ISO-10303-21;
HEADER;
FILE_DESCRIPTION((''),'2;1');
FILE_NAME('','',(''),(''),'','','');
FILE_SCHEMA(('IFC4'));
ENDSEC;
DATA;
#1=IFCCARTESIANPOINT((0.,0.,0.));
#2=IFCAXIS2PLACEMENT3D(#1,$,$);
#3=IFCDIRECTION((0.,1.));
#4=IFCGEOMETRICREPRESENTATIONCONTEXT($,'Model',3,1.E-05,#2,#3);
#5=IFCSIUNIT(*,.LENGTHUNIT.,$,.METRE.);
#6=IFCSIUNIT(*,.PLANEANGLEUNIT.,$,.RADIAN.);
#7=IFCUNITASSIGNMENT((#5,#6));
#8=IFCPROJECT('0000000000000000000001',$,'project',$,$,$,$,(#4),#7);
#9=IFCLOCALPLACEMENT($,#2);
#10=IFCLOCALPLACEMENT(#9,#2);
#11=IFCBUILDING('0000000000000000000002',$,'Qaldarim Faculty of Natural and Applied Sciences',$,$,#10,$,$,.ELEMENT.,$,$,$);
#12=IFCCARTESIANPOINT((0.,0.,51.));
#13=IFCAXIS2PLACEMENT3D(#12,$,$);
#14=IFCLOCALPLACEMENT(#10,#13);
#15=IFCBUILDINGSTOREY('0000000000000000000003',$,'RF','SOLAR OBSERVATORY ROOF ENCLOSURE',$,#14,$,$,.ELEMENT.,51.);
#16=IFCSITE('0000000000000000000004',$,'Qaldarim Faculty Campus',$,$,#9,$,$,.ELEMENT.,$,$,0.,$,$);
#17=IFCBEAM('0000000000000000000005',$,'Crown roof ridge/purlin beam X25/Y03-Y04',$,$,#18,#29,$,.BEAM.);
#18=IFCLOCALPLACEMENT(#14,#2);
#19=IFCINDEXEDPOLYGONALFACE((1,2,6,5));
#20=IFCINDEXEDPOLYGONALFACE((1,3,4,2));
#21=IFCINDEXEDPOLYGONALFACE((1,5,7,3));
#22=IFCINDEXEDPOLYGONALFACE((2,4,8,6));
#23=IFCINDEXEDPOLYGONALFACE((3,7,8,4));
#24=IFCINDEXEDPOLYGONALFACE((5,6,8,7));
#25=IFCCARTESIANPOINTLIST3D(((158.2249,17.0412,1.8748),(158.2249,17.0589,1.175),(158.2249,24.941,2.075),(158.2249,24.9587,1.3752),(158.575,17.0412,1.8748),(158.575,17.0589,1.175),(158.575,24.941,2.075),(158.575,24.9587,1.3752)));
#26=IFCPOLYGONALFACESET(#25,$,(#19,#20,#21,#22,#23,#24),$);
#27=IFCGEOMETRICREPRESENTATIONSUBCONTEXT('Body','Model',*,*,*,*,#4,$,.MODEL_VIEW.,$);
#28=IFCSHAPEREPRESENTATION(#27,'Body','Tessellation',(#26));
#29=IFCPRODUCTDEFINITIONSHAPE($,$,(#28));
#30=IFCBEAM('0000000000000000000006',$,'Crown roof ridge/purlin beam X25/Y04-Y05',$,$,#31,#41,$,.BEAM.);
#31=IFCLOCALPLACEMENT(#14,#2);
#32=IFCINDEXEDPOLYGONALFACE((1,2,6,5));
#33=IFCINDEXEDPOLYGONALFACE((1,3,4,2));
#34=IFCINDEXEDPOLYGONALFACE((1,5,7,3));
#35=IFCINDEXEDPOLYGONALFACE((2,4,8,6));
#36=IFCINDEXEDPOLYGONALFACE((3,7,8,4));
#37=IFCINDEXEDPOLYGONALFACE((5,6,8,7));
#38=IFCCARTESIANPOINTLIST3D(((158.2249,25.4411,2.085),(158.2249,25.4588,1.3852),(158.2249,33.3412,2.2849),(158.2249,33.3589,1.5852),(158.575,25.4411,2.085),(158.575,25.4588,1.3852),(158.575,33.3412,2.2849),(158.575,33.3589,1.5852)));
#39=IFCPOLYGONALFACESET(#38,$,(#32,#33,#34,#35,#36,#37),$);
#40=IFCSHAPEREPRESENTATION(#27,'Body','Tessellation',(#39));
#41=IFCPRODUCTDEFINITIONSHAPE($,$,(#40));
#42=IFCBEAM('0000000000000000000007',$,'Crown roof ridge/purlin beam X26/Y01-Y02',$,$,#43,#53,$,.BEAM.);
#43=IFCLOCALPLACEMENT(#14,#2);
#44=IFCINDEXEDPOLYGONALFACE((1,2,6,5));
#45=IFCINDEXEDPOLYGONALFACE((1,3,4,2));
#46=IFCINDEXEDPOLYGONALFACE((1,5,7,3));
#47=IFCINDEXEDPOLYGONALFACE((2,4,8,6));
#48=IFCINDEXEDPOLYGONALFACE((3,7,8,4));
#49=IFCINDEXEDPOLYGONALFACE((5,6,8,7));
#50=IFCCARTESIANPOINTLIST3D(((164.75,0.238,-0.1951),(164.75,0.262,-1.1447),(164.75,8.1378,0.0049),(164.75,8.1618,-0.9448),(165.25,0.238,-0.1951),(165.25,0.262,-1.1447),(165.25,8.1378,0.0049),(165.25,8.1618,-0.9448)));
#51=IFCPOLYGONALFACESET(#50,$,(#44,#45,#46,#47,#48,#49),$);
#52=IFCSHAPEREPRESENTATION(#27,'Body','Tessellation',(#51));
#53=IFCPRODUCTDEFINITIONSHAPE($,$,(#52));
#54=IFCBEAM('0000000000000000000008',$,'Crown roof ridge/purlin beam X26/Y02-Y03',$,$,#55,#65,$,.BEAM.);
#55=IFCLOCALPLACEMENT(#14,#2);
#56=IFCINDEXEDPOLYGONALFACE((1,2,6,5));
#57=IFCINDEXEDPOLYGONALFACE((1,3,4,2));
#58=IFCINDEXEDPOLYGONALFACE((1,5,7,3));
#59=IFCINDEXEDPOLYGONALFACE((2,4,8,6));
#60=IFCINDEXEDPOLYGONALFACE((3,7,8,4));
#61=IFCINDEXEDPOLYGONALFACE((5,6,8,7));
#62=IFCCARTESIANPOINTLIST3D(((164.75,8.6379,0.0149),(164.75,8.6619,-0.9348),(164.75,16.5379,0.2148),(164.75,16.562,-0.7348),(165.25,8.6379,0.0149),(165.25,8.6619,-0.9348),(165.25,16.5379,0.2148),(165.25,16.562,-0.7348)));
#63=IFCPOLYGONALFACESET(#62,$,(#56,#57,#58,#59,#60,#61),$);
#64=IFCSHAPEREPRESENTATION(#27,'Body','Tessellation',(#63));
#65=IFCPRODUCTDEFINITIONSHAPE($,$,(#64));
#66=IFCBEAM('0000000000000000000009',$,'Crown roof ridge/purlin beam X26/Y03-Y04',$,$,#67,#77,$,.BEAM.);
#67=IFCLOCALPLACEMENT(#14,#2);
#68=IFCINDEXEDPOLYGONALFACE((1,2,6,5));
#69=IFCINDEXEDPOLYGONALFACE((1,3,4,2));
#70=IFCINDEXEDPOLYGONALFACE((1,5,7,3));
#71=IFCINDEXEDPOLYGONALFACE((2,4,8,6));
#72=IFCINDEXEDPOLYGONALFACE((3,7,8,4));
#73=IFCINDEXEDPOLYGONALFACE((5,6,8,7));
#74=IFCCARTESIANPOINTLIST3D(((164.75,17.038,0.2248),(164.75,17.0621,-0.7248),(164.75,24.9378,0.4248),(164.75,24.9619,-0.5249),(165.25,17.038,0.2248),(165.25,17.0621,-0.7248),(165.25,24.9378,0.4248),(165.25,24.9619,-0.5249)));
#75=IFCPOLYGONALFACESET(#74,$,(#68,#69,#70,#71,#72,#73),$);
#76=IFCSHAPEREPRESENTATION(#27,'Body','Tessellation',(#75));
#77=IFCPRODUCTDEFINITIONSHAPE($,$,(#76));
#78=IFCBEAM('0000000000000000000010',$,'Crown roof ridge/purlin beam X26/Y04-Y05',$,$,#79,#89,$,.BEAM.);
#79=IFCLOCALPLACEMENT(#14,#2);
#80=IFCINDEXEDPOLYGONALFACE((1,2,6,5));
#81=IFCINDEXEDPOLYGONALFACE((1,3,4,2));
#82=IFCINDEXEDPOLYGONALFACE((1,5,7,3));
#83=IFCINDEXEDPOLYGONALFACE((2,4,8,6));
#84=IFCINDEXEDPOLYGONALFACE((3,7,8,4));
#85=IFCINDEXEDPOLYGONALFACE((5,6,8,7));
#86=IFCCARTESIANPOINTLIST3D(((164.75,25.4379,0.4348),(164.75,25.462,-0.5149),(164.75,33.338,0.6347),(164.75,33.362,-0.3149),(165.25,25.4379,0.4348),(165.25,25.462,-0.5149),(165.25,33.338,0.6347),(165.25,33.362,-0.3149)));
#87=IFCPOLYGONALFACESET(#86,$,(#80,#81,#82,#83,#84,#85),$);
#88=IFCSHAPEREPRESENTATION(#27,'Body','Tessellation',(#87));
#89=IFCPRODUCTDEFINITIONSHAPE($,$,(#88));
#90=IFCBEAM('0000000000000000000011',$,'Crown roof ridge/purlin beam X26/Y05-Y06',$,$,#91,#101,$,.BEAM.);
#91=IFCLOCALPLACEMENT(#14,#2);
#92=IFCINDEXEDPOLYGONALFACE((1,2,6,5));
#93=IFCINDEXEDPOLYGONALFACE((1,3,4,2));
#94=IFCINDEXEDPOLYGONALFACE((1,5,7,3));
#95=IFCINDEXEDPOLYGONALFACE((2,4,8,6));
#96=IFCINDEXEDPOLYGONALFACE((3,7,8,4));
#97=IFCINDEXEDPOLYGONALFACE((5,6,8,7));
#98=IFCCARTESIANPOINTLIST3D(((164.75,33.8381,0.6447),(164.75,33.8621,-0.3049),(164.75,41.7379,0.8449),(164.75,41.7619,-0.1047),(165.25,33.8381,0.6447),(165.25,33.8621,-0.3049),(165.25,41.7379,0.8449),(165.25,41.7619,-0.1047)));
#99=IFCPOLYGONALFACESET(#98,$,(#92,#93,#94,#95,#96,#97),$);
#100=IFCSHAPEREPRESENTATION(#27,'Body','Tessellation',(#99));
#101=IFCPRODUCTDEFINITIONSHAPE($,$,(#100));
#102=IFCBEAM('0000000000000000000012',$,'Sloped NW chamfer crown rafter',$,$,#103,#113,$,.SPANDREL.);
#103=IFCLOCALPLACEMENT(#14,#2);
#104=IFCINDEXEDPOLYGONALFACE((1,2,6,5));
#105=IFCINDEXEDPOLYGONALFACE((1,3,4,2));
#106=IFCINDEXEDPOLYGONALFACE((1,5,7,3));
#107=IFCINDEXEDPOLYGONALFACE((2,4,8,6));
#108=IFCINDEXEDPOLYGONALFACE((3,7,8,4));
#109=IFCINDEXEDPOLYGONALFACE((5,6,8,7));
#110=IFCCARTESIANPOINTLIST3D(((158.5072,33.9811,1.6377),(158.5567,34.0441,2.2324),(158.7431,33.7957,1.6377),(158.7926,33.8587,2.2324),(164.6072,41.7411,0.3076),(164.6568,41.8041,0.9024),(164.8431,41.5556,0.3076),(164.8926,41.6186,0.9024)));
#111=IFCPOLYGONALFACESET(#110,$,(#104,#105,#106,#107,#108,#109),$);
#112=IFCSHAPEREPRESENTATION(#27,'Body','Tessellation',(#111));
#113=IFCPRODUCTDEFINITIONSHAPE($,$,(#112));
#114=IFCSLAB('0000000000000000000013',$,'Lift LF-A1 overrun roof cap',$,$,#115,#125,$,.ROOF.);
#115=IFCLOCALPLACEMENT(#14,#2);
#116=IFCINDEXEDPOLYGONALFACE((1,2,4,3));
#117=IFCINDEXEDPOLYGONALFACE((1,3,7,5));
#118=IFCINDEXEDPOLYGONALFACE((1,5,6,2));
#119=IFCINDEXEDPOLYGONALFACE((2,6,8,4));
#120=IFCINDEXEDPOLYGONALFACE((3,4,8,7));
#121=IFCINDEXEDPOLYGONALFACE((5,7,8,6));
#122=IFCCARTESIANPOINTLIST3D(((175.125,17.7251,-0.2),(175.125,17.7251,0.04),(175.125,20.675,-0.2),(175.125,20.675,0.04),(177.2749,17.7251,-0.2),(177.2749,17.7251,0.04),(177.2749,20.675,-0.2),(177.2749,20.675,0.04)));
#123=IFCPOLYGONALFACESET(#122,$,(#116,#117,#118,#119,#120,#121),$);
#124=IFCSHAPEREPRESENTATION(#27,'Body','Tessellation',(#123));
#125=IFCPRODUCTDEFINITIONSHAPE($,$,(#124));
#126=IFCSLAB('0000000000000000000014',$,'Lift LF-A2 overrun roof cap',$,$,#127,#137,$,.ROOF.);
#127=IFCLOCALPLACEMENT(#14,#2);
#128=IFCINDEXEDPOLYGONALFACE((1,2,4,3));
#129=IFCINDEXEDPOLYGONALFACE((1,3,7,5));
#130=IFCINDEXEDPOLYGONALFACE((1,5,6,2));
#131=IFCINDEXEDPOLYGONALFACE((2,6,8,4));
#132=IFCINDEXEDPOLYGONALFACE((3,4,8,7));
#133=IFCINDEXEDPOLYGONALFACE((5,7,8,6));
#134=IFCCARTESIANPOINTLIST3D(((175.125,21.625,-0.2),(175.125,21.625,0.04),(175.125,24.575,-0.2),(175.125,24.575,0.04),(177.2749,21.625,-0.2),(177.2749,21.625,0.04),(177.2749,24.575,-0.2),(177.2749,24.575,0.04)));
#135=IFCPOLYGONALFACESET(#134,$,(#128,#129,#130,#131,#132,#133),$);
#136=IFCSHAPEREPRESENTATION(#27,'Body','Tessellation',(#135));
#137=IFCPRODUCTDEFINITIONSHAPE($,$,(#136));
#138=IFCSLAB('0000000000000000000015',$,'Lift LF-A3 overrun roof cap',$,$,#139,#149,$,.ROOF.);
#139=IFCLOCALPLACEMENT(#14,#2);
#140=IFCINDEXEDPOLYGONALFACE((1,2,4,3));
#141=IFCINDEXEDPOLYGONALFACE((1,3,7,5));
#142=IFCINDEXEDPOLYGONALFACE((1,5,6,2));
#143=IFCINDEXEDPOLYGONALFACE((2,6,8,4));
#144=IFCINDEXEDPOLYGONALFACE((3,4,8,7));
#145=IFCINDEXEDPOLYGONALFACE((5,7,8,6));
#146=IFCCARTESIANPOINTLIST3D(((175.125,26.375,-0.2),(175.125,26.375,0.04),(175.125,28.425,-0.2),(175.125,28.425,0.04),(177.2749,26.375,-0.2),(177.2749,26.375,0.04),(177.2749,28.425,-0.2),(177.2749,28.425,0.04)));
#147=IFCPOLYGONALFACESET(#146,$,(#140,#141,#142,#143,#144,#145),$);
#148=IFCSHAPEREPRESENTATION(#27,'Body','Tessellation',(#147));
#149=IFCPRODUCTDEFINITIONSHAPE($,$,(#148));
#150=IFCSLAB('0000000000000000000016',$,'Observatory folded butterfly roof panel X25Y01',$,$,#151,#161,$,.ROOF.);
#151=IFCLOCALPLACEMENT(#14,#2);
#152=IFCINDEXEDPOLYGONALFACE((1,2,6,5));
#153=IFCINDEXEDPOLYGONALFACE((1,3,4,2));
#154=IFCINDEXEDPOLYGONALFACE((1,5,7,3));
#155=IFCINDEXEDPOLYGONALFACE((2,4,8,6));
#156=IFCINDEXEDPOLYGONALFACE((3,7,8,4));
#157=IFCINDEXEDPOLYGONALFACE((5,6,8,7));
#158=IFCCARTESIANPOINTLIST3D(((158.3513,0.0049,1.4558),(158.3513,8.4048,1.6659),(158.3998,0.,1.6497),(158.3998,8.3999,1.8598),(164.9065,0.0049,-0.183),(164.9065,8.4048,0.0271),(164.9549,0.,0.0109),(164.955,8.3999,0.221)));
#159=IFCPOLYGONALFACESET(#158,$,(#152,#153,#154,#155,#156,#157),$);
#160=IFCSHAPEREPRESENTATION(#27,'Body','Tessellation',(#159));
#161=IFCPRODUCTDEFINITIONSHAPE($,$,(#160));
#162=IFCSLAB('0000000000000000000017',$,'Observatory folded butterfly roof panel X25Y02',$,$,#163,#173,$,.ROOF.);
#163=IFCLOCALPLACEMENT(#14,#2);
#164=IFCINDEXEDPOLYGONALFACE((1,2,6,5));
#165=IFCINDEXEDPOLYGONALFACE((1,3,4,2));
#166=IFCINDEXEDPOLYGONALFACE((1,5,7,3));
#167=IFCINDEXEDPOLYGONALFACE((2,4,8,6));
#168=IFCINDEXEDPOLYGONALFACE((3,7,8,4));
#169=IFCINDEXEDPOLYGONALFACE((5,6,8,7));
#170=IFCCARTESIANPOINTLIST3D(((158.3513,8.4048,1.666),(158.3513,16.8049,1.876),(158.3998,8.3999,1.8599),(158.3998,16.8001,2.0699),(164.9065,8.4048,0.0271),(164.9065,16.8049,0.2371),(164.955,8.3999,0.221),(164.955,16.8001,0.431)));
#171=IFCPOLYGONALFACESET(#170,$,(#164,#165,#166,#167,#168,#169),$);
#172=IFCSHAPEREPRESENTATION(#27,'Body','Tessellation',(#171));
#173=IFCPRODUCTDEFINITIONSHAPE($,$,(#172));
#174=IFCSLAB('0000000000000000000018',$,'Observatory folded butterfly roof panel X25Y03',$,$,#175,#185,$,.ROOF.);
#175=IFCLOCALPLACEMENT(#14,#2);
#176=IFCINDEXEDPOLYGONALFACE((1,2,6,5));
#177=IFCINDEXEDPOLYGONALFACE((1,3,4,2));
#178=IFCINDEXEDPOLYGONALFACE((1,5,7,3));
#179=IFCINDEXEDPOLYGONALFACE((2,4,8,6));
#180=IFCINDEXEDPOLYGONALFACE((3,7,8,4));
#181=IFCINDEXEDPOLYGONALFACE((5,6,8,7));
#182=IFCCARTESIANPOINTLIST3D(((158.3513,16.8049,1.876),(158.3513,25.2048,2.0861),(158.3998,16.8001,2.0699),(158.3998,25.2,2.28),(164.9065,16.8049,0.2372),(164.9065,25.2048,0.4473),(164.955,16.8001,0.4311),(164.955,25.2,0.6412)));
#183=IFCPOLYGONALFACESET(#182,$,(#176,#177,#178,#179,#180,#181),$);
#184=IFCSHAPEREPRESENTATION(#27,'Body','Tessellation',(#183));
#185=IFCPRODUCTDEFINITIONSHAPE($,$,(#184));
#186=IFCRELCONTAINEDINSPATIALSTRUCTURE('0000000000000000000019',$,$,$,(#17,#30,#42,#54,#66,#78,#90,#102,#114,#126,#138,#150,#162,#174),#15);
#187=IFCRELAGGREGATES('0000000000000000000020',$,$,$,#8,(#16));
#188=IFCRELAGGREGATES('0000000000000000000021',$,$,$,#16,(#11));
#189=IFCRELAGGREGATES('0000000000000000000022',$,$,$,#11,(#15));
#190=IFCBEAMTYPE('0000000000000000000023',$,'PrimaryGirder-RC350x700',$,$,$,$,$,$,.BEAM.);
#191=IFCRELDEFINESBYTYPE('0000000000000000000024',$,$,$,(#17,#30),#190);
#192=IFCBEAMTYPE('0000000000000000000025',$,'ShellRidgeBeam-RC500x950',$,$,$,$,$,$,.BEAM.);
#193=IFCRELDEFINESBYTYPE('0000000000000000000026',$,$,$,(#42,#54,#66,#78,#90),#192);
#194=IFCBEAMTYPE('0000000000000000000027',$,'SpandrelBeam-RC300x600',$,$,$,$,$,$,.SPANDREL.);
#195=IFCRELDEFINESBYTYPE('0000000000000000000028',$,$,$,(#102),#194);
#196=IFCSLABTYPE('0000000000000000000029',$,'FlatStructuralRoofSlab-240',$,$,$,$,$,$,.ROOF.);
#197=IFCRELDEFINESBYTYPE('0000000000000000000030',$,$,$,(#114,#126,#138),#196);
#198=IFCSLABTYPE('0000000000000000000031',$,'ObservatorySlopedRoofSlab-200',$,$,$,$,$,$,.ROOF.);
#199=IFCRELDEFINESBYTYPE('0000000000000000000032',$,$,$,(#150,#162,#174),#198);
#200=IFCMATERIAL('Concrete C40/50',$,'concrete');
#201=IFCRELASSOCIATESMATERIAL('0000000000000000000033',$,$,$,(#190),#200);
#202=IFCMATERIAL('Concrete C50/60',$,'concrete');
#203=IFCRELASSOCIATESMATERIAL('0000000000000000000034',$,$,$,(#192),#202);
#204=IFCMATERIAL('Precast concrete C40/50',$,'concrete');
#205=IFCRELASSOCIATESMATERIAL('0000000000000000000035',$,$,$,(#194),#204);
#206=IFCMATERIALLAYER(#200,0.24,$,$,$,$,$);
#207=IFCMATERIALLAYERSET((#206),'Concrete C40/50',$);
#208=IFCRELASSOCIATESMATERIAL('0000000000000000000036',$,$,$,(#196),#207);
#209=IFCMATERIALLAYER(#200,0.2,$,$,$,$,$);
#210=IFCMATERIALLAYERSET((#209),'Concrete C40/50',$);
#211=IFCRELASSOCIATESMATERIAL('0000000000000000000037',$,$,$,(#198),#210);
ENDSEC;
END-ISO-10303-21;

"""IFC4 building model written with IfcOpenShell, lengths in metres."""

from ifc_helpers import new_model, si_unit, direction, frame, origin, origin_2d, place, context, subcontext, project, spatial, polyline, rectangle, outline, extrude, material, layer, layer_set, material_profile, profile_set, type_object, element, save


model = new_model("IFC4")

# Units and contexts
model_context = context("Model", 3, precision=1e-05, world=origin(), true_north=direction((0.0, 1.0)))
body_context = subcontext(model_context, "Body", "Model", "MODEL_VIEW")
ifc_project = project(units=[si_unit("LENGTHUNIT", "METRE"), si_unit("PLANEANGLEUNIT", "RADIAN")], contexts=[model_context])

# Site, building, storey
site_placement = place(None, origin())
site = spatial("IfcSite", under=ifc_project, at=site_placement, Name="Qaldarim Faculty Campus", CompositionType="ELEMENT", RefElevation=0.0)
building_placement = place(site_placement, origin())
building = spatial("IfcBuilding", under=site, at=building_placement, Name="Qaldarim Faculty of Natural and Applied Sciences", CompositionType="ELEMENT")
storey_placement = place(building_placement, frame((0.0, 0.0, 51.0)))
storey = spatial("IfcBuildingStorey", under=building, at=storey_placement, Name="RF", Description="SOLAR OBSERVATORY ROOF ENCLOSURE", CompositionType="ELEMENT", Elevation=51.0)

# Shared definitions
ifc_material_1 = material(Name="Concrete C50/60", Category="concrete")

# Beams
ifc_material_2 = material(Name="Concrete C40/50", Category="concrete")
ifc_material_profile_1 = material_profile(ifc_material_2, rectangle(XDim=0.3501, YDim=0.7, at=origin_2d()), Name="RC-B350x700")
ifc_profile_set_1 = profile_set([ifc_material_profile_1], Name="Concrete C40/50")
beam_type_1 = type_object("IfcBeamType", Name="PrimaryGirder-RC350x700", PredefinedType="BEAM", material=ifc_profile_set_1)
beam_1_placement = place(storey_placement, frame((158.3999, 17.05, 1.5249), z_axis=(0.0, 0.999679, 0.025333), x_axis=(-1.0, 0.0, 0.0)))
element("IfcBeam", 1, at=beam_1_placement, inside=storey, type_object=beam_type_1, Name="Crown roof ridge/purlin beam X25/Y03-Y04", PredefinedType="BEAM", context=body_context, shape_type="SweptSolid", body=[
    extrude(rectangle(XDim=0.3501, YDim=0.7, at=origin_2d()), origin(), (0.0, 0.0, 1.0), 7.9023),
])
beam_2_placement = place(storey_placement, frame((158.3999, 25.45, 1.7351), z_axis=(0.0, 0.99968, 0.025302), x_axis=(-1.0, 0.0, 0.0)))
element("IfcBeam", 2, at=beam_2_placement, inside=storey, type_object=beam_type_1, Name="Crown roof ridge/purlin beam X25/Y04-Y05", PredefinedType="BEAM", context=body_context, shape_type="SweptSolid", body=[
    extrude(rectangle(XDim=0.3501, YDim=0.7, at=origin_2d()), origin(), (0.0, 0.0, 1.0), 7.9026),
])
ifc_material_profile_2 = material_profile(ifc_material_1, rectangle(XDim=0.5, YDim=0.95, at=origin_2d()), Name="RC-EB500x950")
ifc_profile_set_2 = profile_set([ifc_material_profile_2], Name="Concrete C50/60")
beam_type_2 = type_object("IfcBeamType", Name="ShellRidgeBeam-RC500x950", PredefinedType="BEAM", material=ifc_profile_set_2)
beam_3_placement = place(storey_placement, frame((165.0, 0.25, -0.6699), z_axis=(0.0, 0.99968, 0.025302), x_axis=(-1.0, 0.0, 0.0)))
element("IfcBeam", 3, at=beam_3_placement, inside=storey, type_object=beam_type_2, Name="Crown roof ridge/purlin beam X26/Y01-Y02", PredefinedType="BEAM", context=body_context, shape_type="SweptSolid", body=[
    extrude(rectangle(XDim=0.5, YDim=0.95, at=origin_2d()), origin(), (0.0, 0.0, 1.0), 7.9023),
])
beam_4_placement = place(storey_placement, frame((165.0, 8.6499, -0.46), z_axis=(0.0, 0.99968, 0.025302), x_axis=(-1.0, 0.0, 0.0)))
element("IfcBeam", 4, at=beam_4_placement, inside=storey, type_object=beam_type_2, Name="Crown roof ridge/purlin beam X26/Y02-Y03", PredefinedType="BEAM", context=body_context, shape_type="SweptSolid", body=[
    extrude(rectangle(XDim=0.5, YDim=0.95, at=origin_2d()), origin(), (0.0, 0.0, 1.0), 7.9026),
])
beam_5_placement = place(storey_placement, frame((165.0, 17.05, -0.25), z_axis=(0.0, 0.99968, 0.025302), x_axis=(-1.0, 0.0, 0.0)))
element("IfcBeam", 5, at=beam_5_placement, inside=storey, type_object=beam_type_2, Name="Crown roof ridge/purlin beam X26/Y03-Y04", PredefinedType="BEAM", context=body_context, shape_type="SweptSolid", body=[
    extrude(rectangle(XDim=0.5, YDim=0.95, at=origin_2d()), origin(), (0.0, 0.0, 1.0), 7.9023),
])
beam_6_placement = place(storey_placement, frame((165.0, 25.45, -0.04), z_axis=(0.0, 0.99968, 0.025302), x_axis=(-1.0, 0.0, 0.0)))
element("IfcBeam", 6, at=beam_6_placement, inside=storey, type_object=beam_type_2, Name="Crown roof ridge/purlin beam X26/Y04-Y05", PredefinedType="BEAM", context=body_context, shape_type="SweptSolid", body=[
    extrude(rectangle(XDim=0.5, YDim=0.95, at=origin_2d()), origin(), (0.0, 0.0, 1.0), 7.9026),
])
beam_7_placement = place(storey_placement, frame((165.0, 33.8501, 0.1699), z_axis=(0.0, 0.999679, 0.025333), x_axis=(-1.0, 0.0, 0.0)))
element("IfcBeam", 7, at=beam_7_placement, inside=storey, type_object=beam_type_2, Name="Crown roof ridge/purlin beam X26/Y05-Y06", PredefinedType="BEAM", context=body_context, shape_type="SweptSolid", body=[
    extrude(rectangle(XDim=0.5, YDim=0.95, at=origin_2d()), origin(), (0.0, 0.0, 1.0), 7.9023),
])
ifc_material_3 = material(Name="Precast concrete C40/50", Category="concrete")
ifc_material_profile_3 = material_profile(ifc_material_3, rectangle(XDim=0.3, YDim=0.6001, at=origin_2d()), Name="RC-SP300x600")
ifc_profile_set_3 = profile_set([ifc_material_profile_3], Name="Precast concrete C40/50")
beam_type_3 = type_object("IfcBeamType", Name="SpandrelBeam-RC300x600", PredefinedType="SPANDREL", material=ifc_profile_set_3)
beam_8_placement = place(storey_placement, frame((158.6499, 33.9199, 1.9351), z_axis=(0.612471, 0.779131, -0.133544), x_axis=(-0.786173, 0.618006, 0.0)))
element("IfcBeam", 8, at=beam_8_placement, inside=storey, type_object=beam_type_3, Name="Sloped NW chamfer crown rafter", PredefinedType="SPANDREL", context=body_context, shape_type="SweptSolid", body=[
    extrude(rectangle(XDim=0.3, YDim=0.6001, at=origin_2d()), origin(), (0.0, 0.0, 1.0), 9.9597),
])

# Slabs
ifc_layer_1 = layer(ifc_material_2, 0.24)
ifc_layer_set_1 = layer_set([ifc_layer_1], Name="Concrete C40/50")
slab_type_1 = type_object("IfcSlabType", Name="FlatStructuralRoofSlab-240", PredefinedType="ROOF", material=ifc_layer_set_1)
slab_1_placement = place(storey_placement, frame((0.0, 0.0, -0.2)))
element("IfcSlab", 9, at=slab_1_placement, inside=storey, type_object=slab_type_1, Name="Lift LF-A1 overrun roof cap", PredefinedType="ROOF", context=body_context, shape_type="SweptSolid", body=[
    extrude(outline(polyline([(175.125, 17.7251), (177.2749, 17.7251), (177.2749, 20.675), (175.125, 20.675), (175.125, 17.7251)])), origin(), (0.0, 0.0, 1.0), 0.24),
])
slab_2_placement = place(storey_placement, frame((0.0, 0.0, -0.2)))
element("IfcSlab", 10, at=slab_2_placement, inside=storey, type_object=slab_type_1, Name="Lift LF-A2 overrun roof cap", PredefinedType="ROOF", context=body_context, shape_type="SweptSolid", body=[
    extrude(outline(polyline([(175.125, 21.625), (177.2749, 21.625), (177.2749, 24.575), (175.125, 24.575), (175.125, 21.625)])), origin(), (0.0, 0.0, 1.0), 0.24),
])
slab_3_placement = place(storey_placement, frame((0.0, 0.0, -0.2)))
element("IfcSlab", 11, at=slab_3_placement, inside=storey, type_object=slab_type_1, Name="Lift LF-A3 overrun roof cap", PredefinedType="ROOF", context=body_context, shape_type="SweptSolid", body=[
    extrude(outline(polyline([(175.125, 26.375), (177.2749, 26.375), (177.2749, 28.425), (175.125, 28.425), (175.125, 26.375)])), origin(), (0.0, 0.0, 1.0), 0.24),
])
ifc_layer_2 = layer(ifc_material_2, 0.2)
ifc_layer_set_2 = layer_set([ifc_layer_2], Name="Concrete C40/50")
slab_type_2 = type_object("IfcSlabType", Name="ObservatorySlopedRoofSlab-200", PredefinedType="ROOF", material=ifc_layer_set_2)
slab_4_placement = place(storey_placement, frame((158.3513, 0.0049, 1.4558), z_axis=(0.242464, -0.024256, 0.969857), x_axis=(0.970143, 0.0, -0.242536)))
element("IfcSlab", 12, at=slab_4_placement, inside=storey, type_object=slab_type_2, Name="Observatory folded butterfly roof panel X25Y01", PredefinedType="ROOF", context=body_context, shape_type="SweptSolid", body=[
    extrude(outline(polyline([(0.0, 0.0), (6.7569, 0.0), (6.706, 8.4024), (-0.051, 8.4024), (0.0, 0.0)])), origin(), (0.0, 0.0, 1.0), 0.2),
])
slab_5_placement = place(storey_placement, frame((158.3513, 8.4048, 1.666), z_axis=(0.242481, -0.024241, 0.969853), x_axis=(0.970138, 0.0, -0.242553)))
element("IfcSlab", 13, at=slab_5_placement, inside=storey, type_object=slab_type_2, Name="Observatory folded butterfly roof panel X25Y02", PredefinedType="ROOF", context=body_context, shape_type="SweptSolid", body=[
    extrude(outline(polyline([(0.0, 0.0), (6.757, 0.0), (6.706, 8.4026), (-0.0509, 8.4026), (0.0, 0.0)])), origin(), (0.0, 0.0, 1.0), 0.2),
])
slab_6_placement = place(storey_placement, frame((158.3513, 16.8049, 1.876), z_axis=(0.242464, -0.024256, 0.969857), x_axis=(0.970142, 0.0, -0.242536)))
element("IfcSlab", 14, at=slab_6_placement, inside=storey, type_object=slab_type_2, Name="Observatory folded butterfly roof panel X25Y03", PredefinedType="ROOF", context=body_context, shape_type="SweptSolid", body=[
    extrude(outline(polyline([(0.0, 0.0), (6.757, 0.0), (6.706, 8.4024), (-0.0509, 8.4024), (0.0, 0.0)])), origin(), (0.0, 0.0, 1.0), 0.2),
])

save(model, "model.ifc")
